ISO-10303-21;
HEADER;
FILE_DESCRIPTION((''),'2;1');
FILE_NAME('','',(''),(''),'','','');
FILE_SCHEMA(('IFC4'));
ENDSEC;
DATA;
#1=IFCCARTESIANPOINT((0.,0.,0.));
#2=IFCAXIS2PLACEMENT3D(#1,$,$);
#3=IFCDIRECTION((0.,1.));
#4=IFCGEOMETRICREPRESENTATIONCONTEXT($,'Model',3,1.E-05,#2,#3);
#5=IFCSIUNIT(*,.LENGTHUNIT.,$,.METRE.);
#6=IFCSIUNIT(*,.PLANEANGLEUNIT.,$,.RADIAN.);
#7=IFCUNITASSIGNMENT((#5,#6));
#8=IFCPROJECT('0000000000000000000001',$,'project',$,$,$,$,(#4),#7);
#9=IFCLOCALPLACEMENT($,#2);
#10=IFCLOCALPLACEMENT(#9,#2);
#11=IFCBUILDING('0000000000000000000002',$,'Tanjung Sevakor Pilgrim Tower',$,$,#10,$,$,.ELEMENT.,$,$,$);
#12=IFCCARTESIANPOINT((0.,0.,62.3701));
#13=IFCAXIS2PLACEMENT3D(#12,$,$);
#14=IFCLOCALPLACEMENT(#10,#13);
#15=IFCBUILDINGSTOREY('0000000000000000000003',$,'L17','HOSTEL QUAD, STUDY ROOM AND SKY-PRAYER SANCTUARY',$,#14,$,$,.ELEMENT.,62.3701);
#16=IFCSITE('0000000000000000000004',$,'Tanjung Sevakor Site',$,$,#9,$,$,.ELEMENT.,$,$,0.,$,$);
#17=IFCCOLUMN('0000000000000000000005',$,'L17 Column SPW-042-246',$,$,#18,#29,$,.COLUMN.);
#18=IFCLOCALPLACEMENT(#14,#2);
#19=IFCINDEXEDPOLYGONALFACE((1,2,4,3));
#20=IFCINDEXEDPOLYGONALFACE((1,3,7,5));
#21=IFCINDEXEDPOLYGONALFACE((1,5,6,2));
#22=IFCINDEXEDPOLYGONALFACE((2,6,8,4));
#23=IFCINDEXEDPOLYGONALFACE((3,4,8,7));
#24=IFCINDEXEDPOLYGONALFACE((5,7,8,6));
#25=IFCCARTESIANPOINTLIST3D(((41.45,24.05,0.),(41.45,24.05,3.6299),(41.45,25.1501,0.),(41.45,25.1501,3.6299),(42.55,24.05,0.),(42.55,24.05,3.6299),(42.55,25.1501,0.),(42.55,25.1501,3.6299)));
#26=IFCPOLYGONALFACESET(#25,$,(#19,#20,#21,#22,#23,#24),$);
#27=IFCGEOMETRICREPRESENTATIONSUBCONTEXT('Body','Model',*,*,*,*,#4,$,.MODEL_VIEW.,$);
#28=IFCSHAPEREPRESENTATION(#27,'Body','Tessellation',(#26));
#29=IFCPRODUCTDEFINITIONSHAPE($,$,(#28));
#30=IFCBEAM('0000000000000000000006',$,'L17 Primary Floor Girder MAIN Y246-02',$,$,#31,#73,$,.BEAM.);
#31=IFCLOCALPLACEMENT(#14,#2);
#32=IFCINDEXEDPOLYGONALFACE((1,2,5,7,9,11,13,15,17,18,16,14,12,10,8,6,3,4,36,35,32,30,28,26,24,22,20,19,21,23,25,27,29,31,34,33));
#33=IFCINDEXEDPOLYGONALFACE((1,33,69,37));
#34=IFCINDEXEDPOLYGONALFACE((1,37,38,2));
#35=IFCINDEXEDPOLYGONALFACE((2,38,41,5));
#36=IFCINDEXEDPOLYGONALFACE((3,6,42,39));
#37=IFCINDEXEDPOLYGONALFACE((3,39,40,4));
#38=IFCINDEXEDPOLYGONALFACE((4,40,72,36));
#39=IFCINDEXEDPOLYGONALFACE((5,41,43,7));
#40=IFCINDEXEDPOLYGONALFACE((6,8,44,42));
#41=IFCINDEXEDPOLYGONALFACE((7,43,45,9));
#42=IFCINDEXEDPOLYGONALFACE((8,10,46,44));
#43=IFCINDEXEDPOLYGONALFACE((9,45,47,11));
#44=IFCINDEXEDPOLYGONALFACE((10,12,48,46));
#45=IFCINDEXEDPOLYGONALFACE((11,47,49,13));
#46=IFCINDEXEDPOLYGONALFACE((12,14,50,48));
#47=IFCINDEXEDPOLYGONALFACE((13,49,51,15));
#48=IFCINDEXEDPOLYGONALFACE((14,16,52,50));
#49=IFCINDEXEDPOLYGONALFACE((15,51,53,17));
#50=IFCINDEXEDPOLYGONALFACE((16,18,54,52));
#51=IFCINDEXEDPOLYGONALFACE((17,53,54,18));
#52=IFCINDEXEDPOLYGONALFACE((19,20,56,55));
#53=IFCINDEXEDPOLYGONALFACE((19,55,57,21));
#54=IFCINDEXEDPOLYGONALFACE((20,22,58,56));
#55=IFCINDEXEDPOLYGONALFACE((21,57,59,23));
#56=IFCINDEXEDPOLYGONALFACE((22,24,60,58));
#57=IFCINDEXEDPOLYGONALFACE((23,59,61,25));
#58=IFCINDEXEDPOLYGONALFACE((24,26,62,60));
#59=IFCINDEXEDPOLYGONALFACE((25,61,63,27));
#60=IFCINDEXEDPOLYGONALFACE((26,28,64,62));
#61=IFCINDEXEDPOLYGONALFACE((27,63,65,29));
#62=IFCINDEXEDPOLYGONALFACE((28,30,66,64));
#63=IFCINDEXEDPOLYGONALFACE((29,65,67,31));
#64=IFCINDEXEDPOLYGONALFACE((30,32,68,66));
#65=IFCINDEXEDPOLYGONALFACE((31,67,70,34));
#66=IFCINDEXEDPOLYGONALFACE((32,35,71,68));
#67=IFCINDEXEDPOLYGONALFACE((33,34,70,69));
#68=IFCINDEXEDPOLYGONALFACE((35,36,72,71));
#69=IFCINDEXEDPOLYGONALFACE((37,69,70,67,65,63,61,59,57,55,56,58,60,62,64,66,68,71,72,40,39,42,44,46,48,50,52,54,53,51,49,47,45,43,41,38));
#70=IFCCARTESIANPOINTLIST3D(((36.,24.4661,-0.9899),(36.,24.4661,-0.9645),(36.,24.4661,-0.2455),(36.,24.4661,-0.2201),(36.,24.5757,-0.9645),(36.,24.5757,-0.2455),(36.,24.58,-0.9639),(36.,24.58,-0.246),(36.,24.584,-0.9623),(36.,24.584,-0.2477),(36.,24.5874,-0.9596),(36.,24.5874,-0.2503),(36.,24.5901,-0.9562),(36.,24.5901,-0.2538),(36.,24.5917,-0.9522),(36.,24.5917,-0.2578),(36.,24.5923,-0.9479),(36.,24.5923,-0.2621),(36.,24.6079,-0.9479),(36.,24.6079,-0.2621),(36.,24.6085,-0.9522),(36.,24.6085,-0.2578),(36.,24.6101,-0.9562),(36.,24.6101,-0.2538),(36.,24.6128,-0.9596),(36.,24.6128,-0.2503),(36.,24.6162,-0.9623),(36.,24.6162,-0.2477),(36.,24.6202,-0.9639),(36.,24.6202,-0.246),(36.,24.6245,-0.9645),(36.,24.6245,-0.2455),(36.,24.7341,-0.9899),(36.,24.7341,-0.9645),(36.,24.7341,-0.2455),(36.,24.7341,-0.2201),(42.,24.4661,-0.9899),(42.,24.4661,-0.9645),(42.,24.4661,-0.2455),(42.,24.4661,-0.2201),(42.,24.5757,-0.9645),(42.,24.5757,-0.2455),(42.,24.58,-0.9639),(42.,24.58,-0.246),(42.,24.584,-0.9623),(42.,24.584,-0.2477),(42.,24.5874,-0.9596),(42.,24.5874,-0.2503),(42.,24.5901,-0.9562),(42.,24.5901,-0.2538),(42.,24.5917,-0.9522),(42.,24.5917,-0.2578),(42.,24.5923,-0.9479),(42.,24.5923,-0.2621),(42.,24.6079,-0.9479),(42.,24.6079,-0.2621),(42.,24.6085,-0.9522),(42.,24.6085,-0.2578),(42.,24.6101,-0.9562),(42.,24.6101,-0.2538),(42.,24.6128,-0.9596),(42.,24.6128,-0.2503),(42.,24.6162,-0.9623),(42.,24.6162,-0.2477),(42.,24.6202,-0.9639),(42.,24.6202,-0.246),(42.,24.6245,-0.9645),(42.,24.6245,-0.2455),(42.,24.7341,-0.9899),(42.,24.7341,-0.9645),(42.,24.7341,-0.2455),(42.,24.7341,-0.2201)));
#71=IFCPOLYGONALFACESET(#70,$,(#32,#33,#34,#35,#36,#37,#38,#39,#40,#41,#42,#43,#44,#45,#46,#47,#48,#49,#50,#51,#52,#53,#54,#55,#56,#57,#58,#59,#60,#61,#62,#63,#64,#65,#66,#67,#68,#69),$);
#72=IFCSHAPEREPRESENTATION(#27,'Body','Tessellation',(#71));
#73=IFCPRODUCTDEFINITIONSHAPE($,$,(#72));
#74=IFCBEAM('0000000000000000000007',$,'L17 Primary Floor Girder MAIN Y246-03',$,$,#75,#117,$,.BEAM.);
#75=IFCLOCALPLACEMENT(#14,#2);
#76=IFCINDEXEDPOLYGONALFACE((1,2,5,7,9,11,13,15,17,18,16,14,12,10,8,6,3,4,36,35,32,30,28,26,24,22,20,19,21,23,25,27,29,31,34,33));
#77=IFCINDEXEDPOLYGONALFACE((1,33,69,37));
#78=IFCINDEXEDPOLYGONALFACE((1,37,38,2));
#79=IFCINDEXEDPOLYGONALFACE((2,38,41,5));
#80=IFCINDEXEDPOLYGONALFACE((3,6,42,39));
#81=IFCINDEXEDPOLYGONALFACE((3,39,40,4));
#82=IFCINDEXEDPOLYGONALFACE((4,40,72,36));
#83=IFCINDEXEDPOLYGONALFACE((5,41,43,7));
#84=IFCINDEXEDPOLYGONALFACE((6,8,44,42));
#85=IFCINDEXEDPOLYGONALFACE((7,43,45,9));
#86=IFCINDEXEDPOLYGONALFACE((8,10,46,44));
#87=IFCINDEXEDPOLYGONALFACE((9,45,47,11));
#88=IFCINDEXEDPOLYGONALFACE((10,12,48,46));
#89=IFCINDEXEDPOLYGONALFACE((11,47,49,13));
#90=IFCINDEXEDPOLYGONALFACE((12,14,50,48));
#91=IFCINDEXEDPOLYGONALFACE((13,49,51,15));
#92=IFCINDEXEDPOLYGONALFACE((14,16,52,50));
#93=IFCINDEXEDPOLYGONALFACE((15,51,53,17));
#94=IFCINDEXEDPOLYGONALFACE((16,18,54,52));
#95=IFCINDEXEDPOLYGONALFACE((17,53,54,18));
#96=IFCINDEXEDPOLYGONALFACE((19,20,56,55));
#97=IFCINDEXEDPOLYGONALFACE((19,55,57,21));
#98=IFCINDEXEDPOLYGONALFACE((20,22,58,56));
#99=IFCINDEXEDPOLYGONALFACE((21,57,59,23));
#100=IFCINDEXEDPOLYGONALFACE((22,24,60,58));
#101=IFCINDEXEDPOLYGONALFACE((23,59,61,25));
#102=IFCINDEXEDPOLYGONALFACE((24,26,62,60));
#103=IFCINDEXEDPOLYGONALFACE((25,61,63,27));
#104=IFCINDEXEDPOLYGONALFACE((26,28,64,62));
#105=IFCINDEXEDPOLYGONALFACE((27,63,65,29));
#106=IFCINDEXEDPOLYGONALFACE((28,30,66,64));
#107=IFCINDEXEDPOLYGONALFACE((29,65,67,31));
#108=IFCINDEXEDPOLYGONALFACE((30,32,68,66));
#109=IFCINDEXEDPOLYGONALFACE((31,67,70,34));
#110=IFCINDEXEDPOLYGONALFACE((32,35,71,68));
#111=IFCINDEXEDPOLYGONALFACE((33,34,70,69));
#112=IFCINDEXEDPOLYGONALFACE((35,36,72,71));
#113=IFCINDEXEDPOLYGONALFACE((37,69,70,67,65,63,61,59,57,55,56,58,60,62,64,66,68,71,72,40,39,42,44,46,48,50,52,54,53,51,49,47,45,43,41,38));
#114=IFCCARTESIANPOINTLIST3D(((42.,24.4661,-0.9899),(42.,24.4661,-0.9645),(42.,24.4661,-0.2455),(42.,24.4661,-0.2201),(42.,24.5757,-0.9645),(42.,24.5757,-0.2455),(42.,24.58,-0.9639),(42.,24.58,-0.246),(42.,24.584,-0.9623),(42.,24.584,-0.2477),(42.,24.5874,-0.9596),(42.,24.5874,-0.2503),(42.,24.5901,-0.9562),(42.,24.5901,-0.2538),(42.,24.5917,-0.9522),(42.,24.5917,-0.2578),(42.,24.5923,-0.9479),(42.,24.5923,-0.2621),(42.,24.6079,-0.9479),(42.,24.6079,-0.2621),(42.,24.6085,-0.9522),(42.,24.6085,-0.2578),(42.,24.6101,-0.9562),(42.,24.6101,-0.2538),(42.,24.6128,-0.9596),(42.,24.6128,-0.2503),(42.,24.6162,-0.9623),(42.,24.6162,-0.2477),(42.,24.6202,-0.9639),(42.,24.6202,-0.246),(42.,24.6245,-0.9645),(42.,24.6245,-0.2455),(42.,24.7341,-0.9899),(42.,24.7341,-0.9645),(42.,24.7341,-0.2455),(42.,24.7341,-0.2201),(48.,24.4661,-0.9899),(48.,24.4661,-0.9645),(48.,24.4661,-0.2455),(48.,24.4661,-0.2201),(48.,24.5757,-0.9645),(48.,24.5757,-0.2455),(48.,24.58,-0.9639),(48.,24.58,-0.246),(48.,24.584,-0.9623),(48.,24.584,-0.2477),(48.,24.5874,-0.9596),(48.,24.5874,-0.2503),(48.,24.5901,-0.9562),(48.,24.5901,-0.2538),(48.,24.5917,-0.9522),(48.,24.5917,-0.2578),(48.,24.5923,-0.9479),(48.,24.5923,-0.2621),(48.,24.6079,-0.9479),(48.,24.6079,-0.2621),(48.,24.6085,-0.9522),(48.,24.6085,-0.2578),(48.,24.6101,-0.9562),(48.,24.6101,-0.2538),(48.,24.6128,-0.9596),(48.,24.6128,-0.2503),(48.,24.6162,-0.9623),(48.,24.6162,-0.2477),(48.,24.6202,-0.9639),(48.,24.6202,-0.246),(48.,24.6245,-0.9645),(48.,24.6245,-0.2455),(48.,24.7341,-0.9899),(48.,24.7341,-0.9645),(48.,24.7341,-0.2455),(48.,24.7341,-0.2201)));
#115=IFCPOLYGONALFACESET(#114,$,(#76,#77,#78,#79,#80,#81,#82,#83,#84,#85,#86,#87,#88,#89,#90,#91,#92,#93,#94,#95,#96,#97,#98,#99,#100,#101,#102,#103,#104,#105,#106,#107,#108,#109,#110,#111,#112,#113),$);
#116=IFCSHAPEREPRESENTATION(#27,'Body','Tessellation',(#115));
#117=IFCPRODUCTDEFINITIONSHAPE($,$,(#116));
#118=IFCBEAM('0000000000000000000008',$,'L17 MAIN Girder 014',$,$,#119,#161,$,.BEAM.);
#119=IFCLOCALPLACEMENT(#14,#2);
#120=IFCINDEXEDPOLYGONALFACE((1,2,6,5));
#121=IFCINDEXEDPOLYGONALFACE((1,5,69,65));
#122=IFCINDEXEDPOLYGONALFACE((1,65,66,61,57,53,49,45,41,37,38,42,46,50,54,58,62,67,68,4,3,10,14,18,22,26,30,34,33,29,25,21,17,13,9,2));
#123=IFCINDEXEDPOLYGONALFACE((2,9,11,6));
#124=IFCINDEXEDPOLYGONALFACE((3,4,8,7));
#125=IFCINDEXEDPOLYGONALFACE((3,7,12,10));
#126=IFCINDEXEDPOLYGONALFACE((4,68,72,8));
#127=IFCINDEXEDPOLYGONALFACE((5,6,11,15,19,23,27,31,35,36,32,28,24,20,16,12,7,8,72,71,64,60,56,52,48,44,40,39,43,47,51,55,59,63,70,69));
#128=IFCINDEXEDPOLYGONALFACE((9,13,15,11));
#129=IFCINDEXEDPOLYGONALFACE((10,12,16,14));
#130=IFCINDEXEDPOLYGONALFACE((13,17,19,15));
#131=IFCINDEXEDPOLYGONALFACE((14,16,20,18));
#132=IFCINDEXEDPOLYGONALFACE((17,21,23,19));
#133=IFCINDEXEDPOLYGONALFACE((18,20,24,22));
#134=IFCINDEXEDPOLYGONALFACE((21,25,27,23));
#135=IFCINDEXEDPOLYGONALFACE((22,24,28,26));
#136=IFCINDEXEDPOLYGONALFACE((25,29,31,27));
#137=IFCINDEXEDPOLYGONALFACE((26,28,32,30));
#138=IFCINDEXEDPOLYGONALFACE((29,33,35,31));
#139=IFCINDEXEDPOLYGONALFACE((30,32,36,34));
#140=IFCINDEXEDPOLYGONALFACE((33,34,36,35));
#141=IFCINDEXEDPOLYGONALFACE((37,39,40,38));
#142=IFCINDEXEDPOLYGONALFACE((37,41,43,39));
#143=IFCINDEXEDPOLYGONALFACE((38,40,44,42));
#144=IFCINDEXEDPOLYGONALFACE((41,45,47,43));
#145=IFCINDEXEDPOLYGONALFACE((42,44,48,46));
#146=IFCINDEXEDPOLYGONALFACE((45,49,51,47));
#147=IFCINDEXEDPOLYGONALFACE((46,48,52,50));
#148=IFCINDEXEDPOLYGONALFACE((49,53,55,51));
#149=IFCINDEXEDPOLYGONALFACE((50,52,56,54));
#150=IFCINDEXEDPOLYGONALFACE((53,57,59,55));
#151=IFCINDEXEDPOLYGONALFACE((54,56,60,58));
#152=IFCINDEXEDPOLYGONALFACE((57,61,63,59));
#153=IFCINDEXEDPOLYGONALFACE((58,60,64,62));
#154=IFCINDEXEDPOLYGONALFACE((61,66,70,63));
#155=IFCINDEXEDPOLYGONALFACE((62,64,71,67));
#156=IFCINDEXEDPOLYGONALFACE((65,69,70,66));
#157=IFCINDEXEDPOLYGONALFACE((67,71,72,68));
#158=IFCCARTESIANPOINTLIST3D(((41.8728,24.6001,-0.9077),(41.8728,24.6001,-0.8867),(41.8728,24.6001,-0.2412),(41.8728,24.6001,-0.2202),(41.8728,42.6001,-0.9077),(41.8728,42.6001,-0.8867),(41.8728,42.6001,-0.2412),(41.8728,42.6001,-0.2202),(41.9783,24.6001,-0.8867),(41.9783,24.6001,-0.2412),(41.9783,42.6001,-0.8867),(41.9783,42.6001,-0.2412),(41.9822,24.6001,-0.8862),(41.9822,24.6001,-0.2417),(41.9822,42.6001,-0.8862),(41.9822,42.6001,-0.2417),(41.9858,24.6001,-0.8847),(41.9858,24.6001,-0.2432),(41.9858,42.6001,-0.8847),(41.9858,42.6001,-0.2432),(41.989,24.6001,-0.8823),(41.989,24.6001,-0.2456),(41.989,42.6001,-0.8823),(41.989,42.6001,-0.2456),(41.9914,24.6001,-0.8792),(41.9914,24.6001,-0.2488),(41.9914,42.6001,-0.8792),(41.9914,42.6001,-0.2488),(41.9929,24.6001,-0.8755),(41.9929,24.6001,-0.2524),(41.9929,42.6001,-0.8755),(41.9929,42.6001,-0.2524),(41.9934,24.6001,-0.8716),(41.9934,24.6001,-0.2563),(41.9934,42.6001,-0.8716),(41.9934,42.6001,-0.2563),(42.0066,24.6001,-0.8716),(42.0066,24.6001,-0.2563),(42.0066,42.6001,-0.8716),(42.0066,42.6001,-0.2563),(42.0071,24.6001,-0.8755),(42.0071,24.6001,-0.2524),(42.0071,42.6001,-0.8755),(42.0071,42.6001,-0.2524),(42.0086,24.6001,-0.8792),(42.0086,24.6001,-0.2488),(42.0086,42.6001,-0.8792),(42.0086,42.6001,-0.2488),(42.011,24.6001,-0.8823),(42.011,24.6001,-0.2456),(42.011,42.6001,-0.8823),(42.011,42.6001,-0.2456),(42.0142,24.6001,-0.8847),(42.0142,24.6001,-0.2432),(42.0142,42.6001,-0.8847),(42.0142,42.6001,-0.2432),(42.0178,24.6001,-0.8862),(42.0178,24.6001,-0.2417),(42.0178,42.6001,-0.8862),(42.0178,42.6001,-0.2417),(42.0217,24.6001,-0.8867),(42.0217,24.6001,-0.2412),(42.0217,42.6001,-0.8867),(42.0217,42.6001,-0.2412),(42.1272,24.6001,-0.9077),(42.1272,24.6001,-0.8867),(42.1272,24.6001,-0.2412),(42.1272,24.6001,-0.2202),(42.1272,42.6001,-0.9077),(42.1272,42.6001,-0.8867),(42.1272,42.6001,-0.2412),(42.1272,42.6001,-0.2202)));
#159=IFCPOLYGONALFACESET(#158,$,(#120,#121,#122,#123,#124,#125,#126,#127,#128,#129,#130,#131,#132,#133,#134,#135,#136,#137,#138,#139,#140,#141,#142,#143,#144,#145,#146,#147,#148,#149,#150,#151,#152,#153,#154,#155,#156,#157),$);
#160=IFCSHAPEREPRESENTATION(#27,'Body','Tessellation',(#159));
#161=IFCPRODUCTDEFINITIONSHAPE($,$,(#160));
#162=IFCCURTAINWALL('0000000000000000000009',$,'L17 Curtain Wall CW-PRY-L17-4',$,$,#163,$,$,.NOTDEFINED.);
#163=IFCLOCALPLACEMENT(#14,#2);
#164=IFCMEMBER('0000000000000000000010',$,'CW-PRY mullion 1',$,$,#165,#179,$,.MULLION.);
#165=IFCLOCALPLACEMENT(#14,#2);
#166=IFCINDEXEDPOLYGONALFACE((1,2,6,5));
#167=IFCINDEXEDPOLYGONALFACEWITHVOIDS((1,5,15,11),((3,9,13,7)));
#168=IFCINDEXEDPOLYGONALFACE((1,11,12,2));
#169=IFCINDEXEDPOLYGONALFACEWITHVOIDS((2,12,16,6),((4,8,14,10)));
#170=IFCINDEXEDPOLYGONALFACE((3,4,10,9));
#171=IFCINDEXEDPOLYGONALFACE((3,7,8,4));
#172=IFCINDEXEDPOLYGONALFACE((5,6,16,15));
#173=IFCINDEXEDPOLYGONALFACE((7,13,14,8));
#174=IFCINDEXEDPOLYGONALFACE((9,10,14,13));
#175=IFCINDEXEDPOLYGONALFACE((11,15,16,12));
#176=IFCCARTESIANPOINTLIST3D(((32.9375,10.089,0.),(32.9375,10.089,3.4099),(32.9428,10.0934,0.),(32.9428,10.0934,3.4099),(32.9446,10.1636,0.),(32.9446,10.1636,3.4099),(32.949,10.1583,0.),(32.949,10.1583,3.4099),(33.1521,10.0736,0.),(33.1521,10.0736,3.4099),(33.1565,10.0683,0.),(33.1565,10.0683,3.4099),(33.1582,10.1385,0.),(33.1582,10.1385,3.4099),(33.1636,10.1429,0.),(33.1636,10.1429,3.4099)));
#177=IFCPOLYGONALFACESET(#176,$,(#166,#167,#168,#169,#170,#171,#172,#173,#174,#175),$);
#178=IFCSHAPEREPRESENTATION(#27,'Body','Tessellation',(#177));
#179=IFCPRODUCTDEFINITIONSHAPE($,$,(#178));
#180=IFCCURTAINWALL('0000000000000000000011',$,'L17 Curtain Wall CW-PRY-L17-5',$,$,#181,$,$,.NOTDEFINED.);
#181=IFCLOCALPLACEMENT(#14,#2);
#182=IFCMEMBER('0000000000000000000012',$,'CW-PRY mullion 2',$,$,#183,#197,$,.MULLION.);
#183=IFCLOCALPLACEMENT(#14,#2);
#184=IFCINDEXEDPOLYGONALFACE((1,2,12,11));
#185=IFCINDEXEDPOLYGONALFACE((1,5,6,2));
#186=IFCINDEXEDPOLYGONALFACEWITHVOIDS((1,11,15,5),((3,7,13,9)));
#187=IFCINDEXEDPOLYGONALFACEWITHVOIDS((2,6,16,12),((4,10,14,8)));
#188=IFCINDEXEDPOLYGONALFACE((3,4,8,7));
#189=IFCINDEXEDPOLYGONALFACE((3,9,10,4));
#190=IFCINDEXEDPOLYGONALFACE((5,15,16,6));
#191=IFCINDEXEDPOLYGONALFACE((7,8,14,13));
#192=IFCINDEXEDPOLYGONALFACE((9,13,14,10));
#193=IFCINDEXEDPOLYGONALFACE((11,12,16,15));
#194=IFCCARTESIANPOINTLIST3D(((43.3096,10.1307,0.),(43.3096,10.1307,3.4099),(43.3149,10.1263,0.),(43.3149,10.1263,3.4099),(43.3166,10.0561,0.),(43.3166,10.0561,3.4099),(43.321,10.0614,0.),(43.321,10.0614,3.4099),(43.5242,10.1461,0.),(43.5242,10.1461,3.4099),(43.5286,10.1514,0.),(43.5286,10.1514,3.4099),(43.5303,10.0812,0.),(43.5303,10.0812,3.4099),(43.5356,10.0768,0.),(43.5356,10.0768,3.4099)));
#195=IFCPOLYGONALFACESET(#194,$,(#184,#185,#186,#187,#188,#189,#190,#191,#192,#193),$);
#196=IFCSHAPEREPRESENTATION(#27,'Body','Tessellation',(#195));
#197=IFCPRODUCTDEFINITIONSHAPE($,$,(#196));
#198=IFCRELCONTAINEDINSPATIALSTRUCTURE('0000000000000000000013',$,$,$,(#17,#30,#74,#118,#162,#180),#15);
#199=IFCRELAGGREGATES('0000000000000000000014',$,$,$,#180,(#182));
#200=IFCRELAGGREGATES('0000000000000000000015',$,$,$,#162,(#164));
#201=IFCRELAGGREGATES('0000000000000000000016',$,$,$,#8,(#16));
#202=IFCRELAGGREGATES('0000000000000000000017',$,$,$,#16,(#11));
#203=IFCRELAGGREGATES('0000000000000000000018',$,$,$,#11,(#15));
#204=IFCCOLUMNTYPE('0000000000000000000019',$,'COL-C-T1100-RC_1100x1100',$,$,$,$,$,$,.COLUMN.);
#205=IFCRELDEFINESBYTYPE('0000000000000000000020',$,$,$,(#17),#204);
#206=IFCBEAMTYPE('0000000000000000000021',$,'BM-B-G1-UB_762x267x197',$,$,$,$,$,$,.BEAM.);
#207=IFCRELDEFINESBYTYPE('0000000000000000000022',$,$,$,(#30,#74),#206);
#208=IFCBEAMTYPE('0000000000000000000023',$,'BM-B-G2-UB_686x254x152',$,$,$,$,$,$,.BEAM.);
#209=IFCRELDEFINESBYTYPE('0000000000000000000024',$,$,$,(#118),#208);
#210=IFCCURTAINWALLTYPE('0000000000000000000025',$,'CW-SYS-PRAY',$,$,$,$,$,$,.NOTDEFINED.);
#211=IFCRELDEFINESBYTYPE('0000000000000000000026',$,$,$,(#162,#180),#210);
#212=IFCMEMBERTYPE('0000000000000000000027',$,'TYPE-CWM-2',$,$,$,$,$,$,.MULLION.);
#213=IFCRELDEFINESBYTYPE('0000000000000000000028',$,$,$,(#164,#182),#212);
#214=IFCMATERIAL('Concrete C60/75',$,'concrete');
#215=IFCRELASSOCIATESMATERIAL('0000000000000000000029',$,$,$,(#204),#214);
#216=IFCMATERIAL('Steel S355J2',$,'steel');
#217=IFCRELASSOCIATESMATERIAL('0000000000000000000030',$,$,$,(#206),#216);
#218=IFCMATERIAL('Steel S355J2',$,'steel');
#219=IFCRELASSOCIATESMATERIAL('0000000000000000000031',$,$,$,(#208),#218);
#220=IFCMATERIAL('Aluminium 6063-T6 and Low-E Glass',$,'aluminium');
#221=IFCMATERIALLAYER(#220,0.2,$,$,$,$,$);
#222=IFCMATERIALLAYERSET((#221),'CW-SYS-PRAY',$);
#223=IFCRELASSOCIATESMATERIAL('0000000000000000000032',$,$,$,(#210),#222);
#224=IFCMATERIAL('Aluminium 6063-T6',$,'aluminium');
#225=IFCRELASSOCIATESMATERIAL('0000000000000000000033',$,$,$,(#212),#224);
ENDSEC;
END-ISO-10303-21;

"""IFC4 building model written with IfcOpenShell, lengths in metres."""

from ifc_helpers import new_model, si_unit, direction, frame, origin, origin_2d, place, context, subcontext, project, spatial, rectangle, hollow_rectangle, i_section, extrude, material, layer, layer_set, material_profile, profile_set, type_object, element, aggregate, save


model = new_model("IFC4")

# Units and contexts
model_context = context("Model", 3, precision=1e-05, world=origin(), true_north=direction((0.0, 1.0)))
body_context = subcontext(model_context, "Body", "Model", "MODEL_VIEW")
ifc_project = project(units=[si_unit("LENGTHUNIT", "METRE"), si_unit("PLANEANGLEUNIT", "RADIAN")], contexts=[model_context])

# Site, building, storey
site_placement = place(None, origin())
site = spatial("IfcSite", under=ifc_project, at=site_placement, Name="Tanjung Sevakor Site", CompositionType="ELEMENT", RefElevation=0.0)
building_placement = place(site_placement, origin())
building = spatial("IfcBuilding", under=site, at=building_placement, Name="Tanjung Sevakor Pilgrim Tower", CompositionType="ELEMENT")
storey_placement = place(building_placement, frame((0.0, 0.0, 62.3701)))
storey = spatial("IfcBuildingStorey", under=building, at=storey_placement, Name="L17", Description="HOSTEL QUAD, STUDY ROOM AND SKY-PRAYER SANCTUARY", CompositionType="ELEMENT", Elevation=62.3701)

# Column
ifc_material_1 = material(Name="Concrete C60/75", Category="concrete")
ifc_material_profile_1 = material_profile(ifc_material_1, rectangle(XDim=1.1001, YDim=1.1001, at=origin_2d()))
ifc_profile_set_1 = profile_set([ifc_material_profile_1], Name="Concrete C60/75")
column_type = type_object("IfcColumnType", Name="COL-C-T1100-RC_1100x1100", PredefinedType="COLUMN", material=ifc_profile_set_1)
column_placement = place(storey_placement, frame((42.0, 24.6001, 0.0), z_axis=(0.0, 0.0, 1.0), x_axis=(1.0, 0.0, 0.0)))
element("IfcColumn", 1, at=column_placement, inside=storey, type_object=column_type, Name="L17 Column SPW-042-246", PredefinedType="COLUMN", context=body_context, shape_type="SweptSolid", body=[
    extrude(rectangle(XDim=1.1001, YDim=1.1001, at=origin_2d()), origin(), (0.0, 0.0, 1.0), 3.6299),
])

# Beams
ifc_material_2 = material(Name="Steel S355J2", Category="steel")
ifc_material_profile_2 = material_profile(ifc_material_2, i_section(OverallWidth=0.2681, OverallDepth=0.7698, WebThickness=0.0156, FlangeThickness=0.0254, FilletRadius=0.0166, at=origin_2d()))
ifc_profile_set_2 = profile_set([ifc_material_profile_2], Name="Steel S355J2")
beam_type_1 = type_object("IfcBeamType", Name="BM-B-G1-UB_762x267x197", PredefinedType="BEAM", material=ifc_profile_set_2)
for number, where, z_axis, x_axis, name in (
    (2, (36.0, 24.6001, -0.605), (1.0, 0.0, 0.0), (0.0, 1.0, 0.0), "L17 Primary Floor Girder MAIN Y246-02"),
    (3, (42.0, 24.6001, -0.605), (1.0, 0.0, 0.0), (0.0, 1.0, 0.0), "L17 Primary Floor Girder MAIN Y246-03"),
):
    element("IfcBeam", number, at=place(storey_placement, frame(where, z_axis=z_axis, x_axis=x_axis)), inside=storey, type_object=beam_type_1, Name=name, PredefinedType="BEAM", context=body_context, shape_type="SweptSolid", body=[
        extrude(i_section(OverallWidth=0.2681, OverallDepth=0.7698, WebThickness=0.0156, FlangeThickness=0.0254, FilletRadius=0.0166, at=origin_2d()), origin(), (0.0, 0.0, 1.0), 6.0),
    ])
ifc_material_3 = material(Name="Steel S355J2", Category="steel")
ifc_material_profile_3 = material_profile(ifc_material_3, i_section(OverallWidth=0.2544, OverallDepth=0.6875, WebThickness=0.0132, FlangeThickness=0.021, FilletRadius=0.0151, at=origin_2d()))
ifc_profile_set_3 = profile_set([ifc_material_profile_3], Name="Steel S355J2")
beam_type_2 = type_object("IfcBeamType", Name="BM-B-G2-UB_686x254x152", PredefinedType="BEAM", material=ifc_profile_set_3)
beam_placement = place(storey_placement, frame((42.0, 24.6001, -0.564), z_axis=(0.0, 1.0, 0.0), x_axis=(-1.0, 0.0, 0.0)))
element("IfcBeam", 4, at=beam_placement, inside=storey, type_object=beam_type_2, Name="L17 MAIN Girder 014", PredefinedType="BEAM", context=body_context, shape_type="SweptSolid", body=[
    extrude(i_section(OverallWidth=0.2544, OverallDepth=0.6875, WebThickness=0.0132, FlangeThickness=0.021, FilletRadius=0.0151, at=origin_2d()), origin(), (0.0, 0.0, 1.0), 18.0),
])

# Curtain walls, members
ifc_material_4 = material(Name="Aluminium 6063-T6 and Low-E Glass", Category="aluminium")
ifc_layer_1 = layer(ifc_material_4, 0.2)
ifc_layer_set_1 = layer_set([ifc_layer_1], Name="CW-SYS-PRAY")
curtain_wall_type = type_object("IfcCurtainWallType", Name="CW-SYS-PRAY", PredefinedType="NOTDEFINED", material=ifc_layer_set_1)
curtain_wall_1_placement = place(storey_placement, origin())
curtain_wall_1 = element("IfcCurtainWall", 5, at=curtain_wall_1_placement, inside=storey, type_object=curtain_wall_type, Name="L17 Curtain Wall CW-PRY-L17-4", PredefinedType="NOTDEFINED")
ifc_material_5 = material(Name="Aluminium 6063-T6", Category="aluminium")
ifc_material_profile_4 = material_profile(ifc_material_5, hollow_rectangle(XDim=0.075, YDim=0.22, WallThickness=0.0049, at=origin_2d()))
ifc_profile_set_4 = profile_set([ifc_material_profile_4], Name="Aluminium 6063-T6")
member_type_1 = type_object("IfcMemberType", Name="TYPE-CWM-2", PredefinedType="MULLION", material=ifc_profile_set_4)
member_1_placement = place(storey_placement, frame((33.0505, 10.116, 0.0), z_axis=(0.0, 0.0, 1.0), x_axis=(0.093929, 0.995579, 0.0)))
member_1 = element("IfcMember", 6, at=member_1_placement, type_object=member_type_1, Name="CW-PRY mullion 1", PredefinedType="MULLION", context=body_context, shape_type="SweptSolid", body=[
    extrude(hollow_rectangle(XDim=0.075, YDim=0.22, WallThickness=0.0049, at=origin_2d()), origin(), (0.0, 0.0, 1.0), 3.4099),
])
curtain_wall_2_placement = place(storey_placement, origin())
curtain_wall_2 = element("IfcCurtainWall", 7, at=curtain_wall_2_placement, inside=storey, type_object=curtain_wall_type, Name="L17 Curtain Wall CW-PRY-L17-5", PredefinedType="NOTDEFINED")
member_2_placement = place(storey_placement, frame((43.4226, 10.1038, 0.0), z_axis=(0.0, 0.0, 1.0), x_axis=(-0.093924, 0.995579, 0.0)))
member_2 = element("IfcMember", 8, at=member_2_placement, type_object=member_type_1, Name="CW-PRY mullion 2", PredefinedType="MULLION", context=body_context, shape_type="SweptSolid", body=[
    extrude(hollow_rectangle(XDim=0.075, YDim=0.22, WallThickness=0.0049, at=origin_2d()), origin(), (0.0, 0.0, 1.0), 3.4099),
])
aggregate(curtain_wall_2, [member_2])

aggregate(curtain_wall_1, [member_1])

save(model, "model.ifc")
